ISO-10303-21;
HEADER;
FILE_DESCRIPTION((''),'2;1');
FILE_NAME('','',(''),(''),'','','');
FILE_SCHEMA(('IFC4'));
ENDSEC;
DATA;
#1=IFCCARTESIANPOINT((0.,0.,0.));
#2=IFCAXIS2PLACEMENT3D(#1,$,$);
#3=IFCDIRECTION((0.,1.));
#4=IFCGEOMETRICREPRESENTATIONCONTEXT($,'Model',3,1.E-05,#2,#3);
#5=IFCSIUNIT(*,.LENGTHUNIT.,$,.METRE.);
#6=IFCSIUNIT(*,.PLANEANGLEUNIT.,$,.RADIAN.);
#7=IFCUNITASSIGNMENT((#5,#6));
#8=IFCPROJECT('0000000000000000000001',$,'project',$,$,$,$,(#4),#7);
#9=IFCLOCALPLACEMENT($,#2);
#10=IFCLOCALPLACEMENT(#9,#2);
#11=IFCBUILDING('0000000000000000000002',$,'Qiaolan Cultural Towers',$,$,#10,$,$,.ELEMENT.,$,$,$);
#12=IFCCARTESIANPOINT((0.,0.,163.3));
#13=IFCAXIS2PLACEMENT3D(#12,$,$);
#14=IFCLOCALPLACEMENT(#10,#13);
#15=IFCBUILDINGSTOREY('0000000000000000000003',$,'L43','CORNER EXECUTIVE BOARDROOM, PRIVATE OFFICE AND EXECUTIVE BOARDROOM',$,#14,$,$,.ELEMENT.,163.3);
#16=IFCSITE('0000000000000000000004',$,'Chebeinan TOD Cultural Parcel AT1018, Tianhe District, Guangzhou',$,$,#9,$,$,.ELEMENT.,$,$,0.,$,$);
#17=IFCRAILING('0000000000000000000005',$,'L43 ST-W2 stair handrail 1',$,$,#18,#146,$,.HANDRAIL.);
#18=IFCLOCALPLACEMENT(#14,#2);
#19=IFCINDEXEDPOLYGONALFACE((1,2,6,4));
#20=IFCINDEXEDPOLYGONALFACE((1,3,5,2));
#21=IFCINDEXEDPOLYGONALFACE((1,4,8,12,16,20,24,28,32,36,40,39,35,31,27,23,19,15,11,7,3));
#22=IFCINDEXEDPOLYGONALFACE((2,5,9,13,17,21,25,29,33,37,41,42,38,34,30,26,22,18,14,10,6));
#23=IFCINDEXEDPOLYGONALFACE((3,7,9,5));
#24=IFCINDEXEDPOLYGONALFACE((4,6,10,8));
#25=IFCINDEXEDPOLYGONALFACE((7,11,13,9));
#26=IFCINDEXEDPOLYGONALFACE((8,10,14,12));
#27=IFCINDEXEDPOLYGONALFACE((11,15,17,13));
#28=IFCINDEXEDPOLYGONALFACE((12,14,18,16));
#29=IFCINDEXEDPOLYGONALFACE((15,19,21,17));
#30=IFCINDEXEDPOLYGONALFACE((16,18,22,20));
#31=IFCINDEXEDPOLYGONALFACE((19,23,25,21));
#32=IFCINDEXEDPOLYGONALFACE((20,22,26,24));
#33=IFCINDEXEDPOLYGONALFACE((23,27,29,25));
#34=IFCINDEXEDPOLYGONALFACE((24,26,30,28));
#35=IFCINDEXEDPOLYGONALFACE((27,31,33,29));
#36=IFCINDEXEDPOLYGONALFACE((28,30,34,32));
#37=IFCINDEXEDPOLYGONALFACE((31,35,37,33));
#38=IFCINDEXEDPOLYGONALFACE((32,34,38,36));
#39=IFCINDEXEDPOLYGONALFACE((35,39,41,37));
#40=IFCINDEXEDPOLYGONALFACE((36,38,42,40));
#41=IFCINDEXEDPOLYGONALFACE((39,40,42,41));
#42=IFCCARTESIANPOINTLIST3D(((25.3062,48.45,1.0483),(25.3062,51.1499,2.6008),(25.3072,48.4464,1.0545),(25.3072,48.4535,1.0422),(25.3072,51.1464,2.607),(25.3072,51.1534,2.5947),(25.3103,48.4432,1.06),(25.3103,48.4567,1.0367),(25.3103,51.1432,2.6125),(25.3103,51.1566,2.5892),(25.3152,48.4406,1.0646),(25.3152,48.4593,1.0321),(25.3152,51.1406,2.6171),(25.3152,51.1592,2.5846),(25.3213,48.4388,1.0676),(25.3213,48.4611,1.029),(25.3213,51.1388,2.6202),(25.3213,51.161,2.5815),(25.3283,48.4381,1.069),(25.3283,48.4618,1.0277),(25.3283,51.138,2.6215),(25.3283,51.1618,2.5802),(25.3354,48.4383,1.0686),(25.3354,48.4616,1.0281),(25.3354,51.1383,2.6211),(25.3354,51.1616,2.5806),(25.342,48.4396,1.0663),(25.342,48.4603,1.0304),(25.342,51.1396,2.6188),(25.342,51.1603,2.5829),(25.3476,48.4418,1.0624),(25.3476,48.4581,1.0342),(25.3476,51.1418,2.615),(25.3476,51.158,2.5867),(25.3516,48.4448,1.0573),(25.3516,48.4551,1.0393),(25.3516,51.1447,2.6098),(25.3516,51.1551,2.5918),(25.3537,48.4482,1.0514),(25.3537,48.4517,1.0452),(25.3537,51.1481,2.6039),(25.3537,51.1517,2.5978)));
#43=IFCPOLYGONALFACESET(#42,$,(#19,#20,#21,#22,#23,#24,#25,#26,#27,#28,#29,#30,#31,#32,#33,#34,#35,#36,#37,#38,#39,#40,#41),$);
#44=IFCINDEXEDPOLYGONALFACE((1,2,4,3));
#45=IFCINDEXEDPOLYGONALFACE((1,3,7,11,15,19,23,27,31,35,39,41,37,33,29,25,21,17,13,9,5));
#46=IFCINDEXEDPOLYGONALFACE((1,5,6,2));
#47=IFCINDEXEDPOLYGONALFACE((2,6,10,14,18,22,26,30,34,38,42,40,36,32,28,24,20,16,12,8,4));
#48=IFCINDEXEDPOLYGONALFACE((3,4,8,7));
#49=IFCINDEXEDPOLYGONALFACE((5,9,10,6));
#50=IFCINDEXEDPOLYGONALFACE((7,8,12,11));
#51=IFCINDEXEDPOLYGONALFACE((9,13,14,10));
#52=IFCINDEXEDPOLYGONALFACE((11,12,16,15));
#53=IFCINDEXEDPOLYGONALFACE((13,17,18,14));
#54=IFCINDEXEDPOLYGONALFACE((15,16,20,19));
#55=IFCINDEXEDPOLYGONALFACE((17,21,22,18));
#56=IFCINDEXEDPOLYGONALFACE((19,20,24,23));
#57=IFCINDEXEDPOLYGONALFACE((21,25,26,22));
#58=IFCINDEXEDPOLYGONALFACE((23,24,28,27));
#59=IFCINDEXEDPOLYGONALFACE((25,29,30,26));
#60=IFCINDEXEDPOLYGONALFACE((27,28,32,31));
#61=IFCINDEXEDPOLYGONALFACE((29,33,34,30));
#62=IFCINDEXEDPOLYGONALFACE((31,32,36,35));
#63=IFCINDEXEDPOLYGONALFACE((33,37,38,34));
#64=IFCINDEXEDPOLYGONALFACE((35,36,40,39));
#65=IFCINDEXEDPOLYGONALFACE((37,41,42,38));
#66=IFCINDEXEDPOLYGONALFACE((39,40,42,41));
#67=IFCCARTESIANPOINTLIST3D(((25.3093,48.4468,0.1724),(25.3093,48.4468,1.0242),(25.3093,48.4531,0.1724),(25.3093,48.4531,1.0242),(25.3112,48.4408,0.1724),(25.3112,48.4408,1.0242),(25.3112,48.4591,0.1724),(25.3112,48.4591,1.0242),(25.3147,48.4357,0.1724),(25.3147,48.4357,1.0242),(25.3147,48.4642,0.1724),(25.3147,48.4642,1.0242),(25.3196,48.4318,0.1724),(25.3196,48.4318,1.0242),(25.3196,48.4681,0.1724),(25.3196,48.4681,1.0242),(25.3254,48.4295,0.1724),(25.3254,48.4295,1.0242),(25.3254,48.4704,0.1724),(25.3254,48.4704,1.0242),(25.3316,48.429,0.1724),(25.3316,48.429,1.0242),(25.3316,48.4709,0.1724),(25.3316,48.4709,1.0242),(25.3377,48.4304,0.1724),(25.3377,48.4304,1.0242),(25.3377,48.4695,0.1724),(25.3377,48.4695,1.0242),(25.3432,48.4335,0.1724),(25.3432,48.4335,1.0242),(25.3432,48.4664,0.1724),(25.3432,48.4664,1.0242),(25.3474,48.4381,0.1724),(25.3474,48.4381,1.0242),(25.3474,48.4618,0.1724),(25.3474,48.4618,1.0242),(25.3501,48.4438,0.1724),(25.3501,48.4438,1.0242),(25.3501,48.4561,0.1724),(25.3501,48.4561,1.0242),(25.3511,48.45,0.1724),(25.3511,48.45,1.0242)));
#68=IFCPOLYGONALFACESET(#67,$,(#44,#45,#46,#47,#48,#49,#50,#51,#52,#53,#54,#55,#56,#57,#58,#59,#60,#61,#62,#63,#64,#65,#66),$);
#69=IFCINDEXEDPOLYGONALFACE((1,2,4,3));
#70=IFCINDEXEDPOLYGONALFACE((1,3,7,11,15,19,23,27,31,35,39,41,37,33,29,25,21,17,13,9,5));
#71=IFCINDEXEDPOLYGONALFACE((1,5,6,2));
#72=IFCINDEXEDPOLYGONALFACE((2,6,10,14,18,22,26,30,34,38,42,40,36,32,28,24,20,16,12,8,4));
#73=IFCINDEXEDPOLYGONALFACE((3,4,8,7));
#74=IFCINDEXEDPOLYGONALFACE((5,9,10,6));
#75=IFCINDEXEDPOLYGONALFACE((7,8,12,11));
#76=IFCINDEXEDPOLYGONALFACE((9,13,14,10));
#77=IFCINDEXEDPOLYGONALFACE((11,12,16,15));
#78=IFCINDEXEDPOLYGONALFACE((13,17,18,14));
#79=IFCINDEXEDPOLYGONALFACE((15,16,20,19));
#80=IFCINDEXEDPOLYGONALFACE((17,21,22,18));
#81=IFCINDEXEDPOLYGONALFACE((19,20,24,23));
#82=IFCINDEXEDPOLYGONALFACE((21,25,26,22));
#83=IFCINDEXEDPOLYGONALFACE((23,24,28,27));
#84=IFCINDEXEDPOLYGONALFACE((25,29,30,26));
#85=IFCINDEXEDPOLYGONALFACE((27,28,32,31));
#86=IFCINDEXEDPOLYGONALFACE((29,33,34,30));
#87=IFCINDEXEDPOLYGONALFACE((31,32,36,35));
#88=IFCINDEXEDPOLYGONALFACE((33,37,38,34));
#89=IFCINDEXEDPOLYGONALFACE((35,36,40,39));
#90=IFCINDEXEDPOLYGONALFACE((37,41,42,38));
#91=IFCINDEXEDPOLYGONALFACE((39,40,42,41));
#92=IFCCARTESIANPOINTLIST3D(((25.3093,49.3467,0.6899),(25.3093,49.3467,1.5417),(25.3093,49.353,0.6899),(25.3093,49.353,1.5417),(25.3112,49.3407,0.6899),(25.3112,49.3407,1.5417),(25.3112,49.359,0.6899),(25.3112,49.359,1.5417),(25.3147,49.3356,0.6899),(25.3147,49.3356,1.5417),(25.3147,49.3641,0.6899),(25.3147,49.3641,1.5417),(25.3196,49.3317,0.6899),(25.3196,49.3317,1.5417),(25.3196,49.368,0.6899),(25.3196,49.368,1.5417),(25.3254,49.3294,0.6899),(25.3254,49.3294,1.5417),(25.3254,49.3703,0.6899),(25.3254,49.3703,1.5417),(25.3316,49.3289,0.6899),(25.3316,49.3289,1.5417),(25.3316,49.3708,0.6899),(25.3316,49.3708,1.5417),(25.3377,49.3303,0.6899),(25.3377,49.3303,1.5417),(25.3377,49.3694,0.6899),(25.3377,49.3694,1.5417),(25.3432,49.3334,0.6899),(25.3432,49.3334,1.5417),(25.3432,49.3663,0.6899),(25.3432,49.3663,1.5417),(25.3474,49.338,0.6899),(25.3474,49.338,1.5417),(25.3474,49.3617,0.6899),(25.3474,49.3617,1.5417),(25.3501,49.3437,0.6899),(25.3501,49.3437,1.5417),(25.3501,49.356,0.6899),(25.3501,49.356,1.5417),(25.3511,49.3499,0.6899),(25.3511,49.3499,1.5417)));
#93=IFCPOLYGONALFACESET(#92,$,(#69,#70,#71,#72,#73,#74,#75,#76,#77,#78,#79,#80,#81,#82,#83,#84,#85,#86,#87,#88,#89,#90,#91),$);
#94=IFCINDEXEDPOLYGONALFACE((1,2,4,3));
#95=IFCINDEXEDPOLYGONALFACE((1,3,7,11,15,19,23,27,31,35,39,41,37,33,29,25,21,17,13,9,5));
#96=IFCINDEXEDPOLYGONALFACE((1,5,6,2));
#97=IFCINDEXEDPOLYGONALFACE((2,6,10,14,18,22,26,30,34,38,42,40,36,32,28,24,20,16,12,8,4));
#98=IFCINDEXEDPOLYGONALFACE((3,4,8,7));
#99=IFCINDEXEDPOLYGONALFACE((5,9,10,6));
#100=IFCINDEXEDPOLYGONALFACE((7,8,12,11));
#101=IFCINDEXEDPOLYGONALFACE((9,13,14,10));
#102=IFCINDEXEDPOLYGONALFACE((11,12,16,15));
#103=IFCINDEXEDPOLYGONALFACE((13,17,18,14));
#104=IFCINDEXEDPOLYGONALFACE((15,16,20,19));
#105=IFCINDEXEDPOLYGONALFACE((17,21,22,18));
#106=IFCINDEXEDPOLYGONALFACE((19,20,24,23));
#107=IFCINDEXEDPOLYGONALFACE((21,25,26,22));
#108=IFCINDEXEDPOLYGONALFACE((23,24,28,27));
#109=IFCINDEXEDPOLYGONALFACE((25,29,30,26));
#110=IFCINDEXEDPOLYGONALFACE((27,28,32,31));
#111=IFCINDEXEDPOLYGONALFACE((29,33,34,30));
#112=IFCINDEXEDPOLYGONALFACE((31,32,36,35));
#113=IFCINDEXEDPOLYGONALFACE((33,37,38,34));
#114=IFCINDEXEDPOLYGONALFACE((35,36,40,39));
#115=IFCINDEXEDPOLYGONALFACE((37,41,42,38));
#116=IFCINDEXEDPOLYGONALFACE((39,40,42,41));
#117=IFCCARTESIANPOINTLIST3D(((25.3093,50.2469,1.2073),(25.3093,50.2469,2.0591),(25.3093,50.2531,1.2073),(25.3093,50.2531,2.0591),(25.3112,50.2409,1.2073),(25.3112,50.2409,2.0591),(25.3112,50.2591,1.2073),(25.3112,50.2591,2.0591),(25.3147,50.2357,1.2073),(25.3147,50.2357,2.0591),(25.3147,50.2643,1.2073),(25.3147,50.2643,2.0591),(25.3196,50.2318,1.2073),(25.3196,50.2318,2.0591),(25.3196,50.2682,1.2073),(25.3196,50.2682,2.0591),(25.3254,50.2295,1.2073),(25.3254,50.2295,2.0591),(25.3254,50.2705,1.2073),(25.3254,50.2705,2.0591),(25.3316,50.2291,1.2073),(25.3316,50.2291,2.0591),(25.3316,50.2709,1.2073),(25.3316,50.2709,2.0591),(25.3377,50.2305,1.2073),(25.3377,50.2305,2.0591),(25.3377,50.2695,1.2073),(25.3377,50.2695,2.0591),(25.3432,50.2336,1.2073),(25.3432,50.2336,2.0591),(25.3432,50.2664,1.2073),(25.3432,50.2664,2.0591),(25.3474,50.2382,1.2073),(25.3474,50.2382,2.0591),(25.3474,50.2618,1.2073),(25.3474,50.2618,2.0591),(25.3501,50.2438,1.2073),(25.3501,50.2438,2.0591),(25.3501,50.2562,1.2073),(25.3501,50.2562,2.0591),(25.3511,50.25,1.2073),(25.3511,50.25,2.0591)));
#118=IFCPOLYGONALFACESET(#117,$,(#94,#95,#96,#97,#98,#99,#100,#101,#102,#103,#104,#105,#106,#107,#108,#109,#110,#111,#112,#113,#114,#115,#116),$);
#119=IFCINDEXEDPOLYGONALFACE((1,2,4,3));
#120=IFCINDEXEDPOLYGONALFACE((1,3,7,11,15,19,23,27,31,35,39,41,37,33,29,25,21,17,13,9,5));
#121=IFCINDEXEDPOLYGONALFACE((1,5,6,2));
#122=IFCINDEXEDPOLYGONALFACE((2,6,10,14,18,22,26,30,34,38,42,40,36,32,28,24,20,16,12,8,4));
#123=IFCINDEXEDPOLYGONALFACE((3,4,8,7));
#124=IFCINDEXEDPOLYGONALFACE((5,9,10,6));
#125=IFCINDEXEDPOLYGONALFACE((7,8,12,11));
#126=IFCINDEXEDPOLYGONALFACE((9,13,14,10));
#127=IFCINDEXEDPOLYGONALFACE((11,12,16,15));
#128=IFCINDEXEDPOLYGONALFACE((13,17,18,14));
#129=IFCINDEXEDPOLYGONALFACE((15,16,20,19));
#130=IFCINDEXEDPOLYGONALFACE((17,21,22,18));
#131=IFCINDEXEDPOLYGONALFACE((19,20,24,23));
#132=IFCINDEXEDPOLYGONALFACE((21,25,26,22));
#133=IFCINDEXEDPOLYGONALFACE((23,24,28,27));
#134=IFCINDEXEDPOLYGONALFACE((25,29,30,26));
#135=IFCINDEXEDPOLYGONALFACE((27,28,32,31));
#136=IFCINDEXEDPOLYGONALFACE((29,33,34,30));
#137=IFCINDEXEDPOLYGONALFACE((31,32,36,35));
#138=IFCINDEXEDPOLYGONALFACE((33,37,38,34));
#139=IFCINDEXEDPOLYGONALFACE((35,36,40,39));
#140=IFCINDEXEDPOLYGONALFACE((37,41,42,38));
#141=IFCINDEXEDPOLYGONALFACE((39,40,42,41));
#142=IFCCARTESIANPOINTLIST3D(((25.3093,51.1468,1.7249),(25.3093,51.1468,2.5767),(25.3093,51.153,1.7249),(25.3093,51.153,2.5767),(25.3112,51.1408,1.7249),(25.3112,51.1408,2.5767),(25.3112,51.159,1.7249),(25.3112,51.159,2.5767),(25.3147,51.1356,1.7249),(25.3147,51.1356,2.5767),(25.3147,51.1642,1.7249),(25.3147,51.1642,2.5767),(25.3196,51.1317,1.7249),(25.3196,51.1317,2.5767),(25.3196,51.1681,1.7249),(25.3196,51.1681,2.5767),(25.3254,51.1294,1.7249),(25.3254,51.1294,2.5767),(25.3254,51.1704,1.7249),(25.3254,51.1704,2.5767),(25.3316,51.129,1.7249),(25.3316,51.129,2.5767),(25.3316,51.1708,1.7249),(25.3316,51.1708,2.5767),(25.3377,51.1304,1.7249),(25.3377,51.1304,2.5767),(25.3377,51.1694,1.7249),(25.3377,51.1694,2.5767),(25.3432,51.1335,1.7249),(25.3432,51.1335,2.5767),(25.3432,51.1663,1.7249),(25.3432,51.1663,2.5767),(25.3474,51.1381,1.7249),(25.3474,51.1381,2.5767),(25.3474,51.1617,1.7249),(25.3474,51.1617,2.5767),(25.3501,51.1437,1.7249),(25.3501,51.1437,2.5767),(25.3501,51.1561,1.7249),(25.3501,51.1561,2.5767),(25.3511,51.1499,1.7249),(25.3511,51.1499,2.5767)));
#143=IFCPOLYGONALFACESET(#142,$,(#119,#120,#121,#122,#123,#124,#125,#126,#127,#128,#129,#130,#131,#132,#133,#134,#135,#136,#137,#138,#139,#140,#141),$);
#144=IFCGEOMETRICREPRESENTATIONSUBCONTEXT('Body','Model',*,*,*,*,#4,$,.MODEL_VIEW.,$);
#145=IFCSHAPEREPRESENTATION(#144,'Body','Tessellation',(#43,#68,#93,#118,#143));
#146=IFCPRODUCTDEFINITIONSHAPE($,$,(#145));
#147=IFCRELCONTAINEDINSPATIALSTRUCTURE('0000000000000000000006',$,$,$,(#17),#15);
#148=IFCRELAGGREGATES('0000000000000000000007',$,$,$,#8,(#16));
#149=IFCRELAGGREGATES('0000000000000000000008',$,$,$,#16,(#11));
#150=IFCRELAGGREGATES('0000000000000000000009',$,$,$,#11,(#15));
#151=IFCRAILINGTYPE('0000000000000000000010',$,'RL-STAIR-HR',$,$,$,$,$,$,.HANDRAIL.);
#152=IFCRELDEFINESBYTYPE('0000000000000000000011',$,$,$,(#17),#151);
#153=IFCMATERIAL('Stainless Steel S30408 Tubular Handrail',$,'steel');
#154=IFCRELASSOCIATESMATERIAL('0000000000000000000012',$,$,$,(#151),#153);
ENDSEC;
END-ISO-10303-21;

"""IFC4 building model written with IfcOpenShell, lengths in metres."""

from ifc_helpers import new_model, si_unit, direction, frame, origin, origin_2d, place, context, subcontext, project, spatial, circle, extrude, material, type_object, element, save


model = new_model("IFC4")

# Units and contexts
model_context = context("Model", 3, precision=1e-05, world=origin(), true_north=direction((0.0, 1.0)))
body_context = subcontext(model_context, "Body", "Model", "MODEL_VIEW")
ifc_project = project(units=[si_unit("LENGTHUNIT", "METRE"), si_unit("PLANEANGLEUNIT", "RADIAN")], contexts=[model_context])

# Site, building, storey
site_placement = place(None, origin())
site = spatial("IfcSite", under=ifc_project, at=site_placement, Name="Chebeinan TOD Cultural Parcel AT1018, Tianhe District, Guangzhou", CompositionType="ELEMENT", RefElevation=0.0)
building_placement = place(site_placement, origin())
building = spatial("IfcBuilding", under=site, at=building_placement, Name="Qiaolan Cultural Towers", CompositionType="ELEMENT")
storey_placement = place(building_placement, frame((0.0, 0.0, 163.3)))
storey = spatial("IfcBuildingStorey", under=building, at=storey_placement, Name="L43", Description="CORNER EXECUTIVE BOARDROOM, PRIVATE OFFICE AND EXECUTIVE BOARDROOM", CompositionType="ELEMENT", Elevation=163.3)

# Railing
ifc_material_1 = material(Name="Stainless Steel S30408 Tubular Handrail", Category="steel")
railing_type = type_object("IfcRailingType", Name="RL-STAIR-HR", PredefinedType="HANDRAIL", material=ifc_material_1)
railing_placement = place(storey_placement, frame((25.3301, 48.45, 0.1724)))
element("IfcRailing", 1, at=railing_placement, inside=storey, type_object=railing_type, Name="L43 ST-W2 stair handrail 1", PredefinedType="HANDRAIL", context=body_context, shape_type="SweptSolid", body=[
    extrude(circle(Radius=0.0239, at=origin_2d()), frame((0.0, 0.0, 0.876), z_axis=(0.0, 0.866904, 0.498476), x_axis=(-1.0, 0.0, 0.0)), (0.0, 0.0, 1.0), 3.1145),
    extrude(circle(Radius=0.021, at=origin_2d()), origin(), (0.0, 0.0, 1.0), 0.8518),
    extrude(circle(Radius=0.021, at=origin_2d()), frame((0.0, 0.8999, 0.5176)), (0.0, 0.0, 1.0), 0.8518),
    extrude(circle(Radius=0.021, at=origin_2d()), frame((0.0, 1.8, 1.0349)), (0.0, 0.0, 1.0), 0.8518),
    extrude(circle(Radius=0.021, at=origin_2d()), frame((0.0, 2.7, 1.5525)), (0.0, 0.0, 1.0), 0.8518),
])

save(model, "model.ifc")
